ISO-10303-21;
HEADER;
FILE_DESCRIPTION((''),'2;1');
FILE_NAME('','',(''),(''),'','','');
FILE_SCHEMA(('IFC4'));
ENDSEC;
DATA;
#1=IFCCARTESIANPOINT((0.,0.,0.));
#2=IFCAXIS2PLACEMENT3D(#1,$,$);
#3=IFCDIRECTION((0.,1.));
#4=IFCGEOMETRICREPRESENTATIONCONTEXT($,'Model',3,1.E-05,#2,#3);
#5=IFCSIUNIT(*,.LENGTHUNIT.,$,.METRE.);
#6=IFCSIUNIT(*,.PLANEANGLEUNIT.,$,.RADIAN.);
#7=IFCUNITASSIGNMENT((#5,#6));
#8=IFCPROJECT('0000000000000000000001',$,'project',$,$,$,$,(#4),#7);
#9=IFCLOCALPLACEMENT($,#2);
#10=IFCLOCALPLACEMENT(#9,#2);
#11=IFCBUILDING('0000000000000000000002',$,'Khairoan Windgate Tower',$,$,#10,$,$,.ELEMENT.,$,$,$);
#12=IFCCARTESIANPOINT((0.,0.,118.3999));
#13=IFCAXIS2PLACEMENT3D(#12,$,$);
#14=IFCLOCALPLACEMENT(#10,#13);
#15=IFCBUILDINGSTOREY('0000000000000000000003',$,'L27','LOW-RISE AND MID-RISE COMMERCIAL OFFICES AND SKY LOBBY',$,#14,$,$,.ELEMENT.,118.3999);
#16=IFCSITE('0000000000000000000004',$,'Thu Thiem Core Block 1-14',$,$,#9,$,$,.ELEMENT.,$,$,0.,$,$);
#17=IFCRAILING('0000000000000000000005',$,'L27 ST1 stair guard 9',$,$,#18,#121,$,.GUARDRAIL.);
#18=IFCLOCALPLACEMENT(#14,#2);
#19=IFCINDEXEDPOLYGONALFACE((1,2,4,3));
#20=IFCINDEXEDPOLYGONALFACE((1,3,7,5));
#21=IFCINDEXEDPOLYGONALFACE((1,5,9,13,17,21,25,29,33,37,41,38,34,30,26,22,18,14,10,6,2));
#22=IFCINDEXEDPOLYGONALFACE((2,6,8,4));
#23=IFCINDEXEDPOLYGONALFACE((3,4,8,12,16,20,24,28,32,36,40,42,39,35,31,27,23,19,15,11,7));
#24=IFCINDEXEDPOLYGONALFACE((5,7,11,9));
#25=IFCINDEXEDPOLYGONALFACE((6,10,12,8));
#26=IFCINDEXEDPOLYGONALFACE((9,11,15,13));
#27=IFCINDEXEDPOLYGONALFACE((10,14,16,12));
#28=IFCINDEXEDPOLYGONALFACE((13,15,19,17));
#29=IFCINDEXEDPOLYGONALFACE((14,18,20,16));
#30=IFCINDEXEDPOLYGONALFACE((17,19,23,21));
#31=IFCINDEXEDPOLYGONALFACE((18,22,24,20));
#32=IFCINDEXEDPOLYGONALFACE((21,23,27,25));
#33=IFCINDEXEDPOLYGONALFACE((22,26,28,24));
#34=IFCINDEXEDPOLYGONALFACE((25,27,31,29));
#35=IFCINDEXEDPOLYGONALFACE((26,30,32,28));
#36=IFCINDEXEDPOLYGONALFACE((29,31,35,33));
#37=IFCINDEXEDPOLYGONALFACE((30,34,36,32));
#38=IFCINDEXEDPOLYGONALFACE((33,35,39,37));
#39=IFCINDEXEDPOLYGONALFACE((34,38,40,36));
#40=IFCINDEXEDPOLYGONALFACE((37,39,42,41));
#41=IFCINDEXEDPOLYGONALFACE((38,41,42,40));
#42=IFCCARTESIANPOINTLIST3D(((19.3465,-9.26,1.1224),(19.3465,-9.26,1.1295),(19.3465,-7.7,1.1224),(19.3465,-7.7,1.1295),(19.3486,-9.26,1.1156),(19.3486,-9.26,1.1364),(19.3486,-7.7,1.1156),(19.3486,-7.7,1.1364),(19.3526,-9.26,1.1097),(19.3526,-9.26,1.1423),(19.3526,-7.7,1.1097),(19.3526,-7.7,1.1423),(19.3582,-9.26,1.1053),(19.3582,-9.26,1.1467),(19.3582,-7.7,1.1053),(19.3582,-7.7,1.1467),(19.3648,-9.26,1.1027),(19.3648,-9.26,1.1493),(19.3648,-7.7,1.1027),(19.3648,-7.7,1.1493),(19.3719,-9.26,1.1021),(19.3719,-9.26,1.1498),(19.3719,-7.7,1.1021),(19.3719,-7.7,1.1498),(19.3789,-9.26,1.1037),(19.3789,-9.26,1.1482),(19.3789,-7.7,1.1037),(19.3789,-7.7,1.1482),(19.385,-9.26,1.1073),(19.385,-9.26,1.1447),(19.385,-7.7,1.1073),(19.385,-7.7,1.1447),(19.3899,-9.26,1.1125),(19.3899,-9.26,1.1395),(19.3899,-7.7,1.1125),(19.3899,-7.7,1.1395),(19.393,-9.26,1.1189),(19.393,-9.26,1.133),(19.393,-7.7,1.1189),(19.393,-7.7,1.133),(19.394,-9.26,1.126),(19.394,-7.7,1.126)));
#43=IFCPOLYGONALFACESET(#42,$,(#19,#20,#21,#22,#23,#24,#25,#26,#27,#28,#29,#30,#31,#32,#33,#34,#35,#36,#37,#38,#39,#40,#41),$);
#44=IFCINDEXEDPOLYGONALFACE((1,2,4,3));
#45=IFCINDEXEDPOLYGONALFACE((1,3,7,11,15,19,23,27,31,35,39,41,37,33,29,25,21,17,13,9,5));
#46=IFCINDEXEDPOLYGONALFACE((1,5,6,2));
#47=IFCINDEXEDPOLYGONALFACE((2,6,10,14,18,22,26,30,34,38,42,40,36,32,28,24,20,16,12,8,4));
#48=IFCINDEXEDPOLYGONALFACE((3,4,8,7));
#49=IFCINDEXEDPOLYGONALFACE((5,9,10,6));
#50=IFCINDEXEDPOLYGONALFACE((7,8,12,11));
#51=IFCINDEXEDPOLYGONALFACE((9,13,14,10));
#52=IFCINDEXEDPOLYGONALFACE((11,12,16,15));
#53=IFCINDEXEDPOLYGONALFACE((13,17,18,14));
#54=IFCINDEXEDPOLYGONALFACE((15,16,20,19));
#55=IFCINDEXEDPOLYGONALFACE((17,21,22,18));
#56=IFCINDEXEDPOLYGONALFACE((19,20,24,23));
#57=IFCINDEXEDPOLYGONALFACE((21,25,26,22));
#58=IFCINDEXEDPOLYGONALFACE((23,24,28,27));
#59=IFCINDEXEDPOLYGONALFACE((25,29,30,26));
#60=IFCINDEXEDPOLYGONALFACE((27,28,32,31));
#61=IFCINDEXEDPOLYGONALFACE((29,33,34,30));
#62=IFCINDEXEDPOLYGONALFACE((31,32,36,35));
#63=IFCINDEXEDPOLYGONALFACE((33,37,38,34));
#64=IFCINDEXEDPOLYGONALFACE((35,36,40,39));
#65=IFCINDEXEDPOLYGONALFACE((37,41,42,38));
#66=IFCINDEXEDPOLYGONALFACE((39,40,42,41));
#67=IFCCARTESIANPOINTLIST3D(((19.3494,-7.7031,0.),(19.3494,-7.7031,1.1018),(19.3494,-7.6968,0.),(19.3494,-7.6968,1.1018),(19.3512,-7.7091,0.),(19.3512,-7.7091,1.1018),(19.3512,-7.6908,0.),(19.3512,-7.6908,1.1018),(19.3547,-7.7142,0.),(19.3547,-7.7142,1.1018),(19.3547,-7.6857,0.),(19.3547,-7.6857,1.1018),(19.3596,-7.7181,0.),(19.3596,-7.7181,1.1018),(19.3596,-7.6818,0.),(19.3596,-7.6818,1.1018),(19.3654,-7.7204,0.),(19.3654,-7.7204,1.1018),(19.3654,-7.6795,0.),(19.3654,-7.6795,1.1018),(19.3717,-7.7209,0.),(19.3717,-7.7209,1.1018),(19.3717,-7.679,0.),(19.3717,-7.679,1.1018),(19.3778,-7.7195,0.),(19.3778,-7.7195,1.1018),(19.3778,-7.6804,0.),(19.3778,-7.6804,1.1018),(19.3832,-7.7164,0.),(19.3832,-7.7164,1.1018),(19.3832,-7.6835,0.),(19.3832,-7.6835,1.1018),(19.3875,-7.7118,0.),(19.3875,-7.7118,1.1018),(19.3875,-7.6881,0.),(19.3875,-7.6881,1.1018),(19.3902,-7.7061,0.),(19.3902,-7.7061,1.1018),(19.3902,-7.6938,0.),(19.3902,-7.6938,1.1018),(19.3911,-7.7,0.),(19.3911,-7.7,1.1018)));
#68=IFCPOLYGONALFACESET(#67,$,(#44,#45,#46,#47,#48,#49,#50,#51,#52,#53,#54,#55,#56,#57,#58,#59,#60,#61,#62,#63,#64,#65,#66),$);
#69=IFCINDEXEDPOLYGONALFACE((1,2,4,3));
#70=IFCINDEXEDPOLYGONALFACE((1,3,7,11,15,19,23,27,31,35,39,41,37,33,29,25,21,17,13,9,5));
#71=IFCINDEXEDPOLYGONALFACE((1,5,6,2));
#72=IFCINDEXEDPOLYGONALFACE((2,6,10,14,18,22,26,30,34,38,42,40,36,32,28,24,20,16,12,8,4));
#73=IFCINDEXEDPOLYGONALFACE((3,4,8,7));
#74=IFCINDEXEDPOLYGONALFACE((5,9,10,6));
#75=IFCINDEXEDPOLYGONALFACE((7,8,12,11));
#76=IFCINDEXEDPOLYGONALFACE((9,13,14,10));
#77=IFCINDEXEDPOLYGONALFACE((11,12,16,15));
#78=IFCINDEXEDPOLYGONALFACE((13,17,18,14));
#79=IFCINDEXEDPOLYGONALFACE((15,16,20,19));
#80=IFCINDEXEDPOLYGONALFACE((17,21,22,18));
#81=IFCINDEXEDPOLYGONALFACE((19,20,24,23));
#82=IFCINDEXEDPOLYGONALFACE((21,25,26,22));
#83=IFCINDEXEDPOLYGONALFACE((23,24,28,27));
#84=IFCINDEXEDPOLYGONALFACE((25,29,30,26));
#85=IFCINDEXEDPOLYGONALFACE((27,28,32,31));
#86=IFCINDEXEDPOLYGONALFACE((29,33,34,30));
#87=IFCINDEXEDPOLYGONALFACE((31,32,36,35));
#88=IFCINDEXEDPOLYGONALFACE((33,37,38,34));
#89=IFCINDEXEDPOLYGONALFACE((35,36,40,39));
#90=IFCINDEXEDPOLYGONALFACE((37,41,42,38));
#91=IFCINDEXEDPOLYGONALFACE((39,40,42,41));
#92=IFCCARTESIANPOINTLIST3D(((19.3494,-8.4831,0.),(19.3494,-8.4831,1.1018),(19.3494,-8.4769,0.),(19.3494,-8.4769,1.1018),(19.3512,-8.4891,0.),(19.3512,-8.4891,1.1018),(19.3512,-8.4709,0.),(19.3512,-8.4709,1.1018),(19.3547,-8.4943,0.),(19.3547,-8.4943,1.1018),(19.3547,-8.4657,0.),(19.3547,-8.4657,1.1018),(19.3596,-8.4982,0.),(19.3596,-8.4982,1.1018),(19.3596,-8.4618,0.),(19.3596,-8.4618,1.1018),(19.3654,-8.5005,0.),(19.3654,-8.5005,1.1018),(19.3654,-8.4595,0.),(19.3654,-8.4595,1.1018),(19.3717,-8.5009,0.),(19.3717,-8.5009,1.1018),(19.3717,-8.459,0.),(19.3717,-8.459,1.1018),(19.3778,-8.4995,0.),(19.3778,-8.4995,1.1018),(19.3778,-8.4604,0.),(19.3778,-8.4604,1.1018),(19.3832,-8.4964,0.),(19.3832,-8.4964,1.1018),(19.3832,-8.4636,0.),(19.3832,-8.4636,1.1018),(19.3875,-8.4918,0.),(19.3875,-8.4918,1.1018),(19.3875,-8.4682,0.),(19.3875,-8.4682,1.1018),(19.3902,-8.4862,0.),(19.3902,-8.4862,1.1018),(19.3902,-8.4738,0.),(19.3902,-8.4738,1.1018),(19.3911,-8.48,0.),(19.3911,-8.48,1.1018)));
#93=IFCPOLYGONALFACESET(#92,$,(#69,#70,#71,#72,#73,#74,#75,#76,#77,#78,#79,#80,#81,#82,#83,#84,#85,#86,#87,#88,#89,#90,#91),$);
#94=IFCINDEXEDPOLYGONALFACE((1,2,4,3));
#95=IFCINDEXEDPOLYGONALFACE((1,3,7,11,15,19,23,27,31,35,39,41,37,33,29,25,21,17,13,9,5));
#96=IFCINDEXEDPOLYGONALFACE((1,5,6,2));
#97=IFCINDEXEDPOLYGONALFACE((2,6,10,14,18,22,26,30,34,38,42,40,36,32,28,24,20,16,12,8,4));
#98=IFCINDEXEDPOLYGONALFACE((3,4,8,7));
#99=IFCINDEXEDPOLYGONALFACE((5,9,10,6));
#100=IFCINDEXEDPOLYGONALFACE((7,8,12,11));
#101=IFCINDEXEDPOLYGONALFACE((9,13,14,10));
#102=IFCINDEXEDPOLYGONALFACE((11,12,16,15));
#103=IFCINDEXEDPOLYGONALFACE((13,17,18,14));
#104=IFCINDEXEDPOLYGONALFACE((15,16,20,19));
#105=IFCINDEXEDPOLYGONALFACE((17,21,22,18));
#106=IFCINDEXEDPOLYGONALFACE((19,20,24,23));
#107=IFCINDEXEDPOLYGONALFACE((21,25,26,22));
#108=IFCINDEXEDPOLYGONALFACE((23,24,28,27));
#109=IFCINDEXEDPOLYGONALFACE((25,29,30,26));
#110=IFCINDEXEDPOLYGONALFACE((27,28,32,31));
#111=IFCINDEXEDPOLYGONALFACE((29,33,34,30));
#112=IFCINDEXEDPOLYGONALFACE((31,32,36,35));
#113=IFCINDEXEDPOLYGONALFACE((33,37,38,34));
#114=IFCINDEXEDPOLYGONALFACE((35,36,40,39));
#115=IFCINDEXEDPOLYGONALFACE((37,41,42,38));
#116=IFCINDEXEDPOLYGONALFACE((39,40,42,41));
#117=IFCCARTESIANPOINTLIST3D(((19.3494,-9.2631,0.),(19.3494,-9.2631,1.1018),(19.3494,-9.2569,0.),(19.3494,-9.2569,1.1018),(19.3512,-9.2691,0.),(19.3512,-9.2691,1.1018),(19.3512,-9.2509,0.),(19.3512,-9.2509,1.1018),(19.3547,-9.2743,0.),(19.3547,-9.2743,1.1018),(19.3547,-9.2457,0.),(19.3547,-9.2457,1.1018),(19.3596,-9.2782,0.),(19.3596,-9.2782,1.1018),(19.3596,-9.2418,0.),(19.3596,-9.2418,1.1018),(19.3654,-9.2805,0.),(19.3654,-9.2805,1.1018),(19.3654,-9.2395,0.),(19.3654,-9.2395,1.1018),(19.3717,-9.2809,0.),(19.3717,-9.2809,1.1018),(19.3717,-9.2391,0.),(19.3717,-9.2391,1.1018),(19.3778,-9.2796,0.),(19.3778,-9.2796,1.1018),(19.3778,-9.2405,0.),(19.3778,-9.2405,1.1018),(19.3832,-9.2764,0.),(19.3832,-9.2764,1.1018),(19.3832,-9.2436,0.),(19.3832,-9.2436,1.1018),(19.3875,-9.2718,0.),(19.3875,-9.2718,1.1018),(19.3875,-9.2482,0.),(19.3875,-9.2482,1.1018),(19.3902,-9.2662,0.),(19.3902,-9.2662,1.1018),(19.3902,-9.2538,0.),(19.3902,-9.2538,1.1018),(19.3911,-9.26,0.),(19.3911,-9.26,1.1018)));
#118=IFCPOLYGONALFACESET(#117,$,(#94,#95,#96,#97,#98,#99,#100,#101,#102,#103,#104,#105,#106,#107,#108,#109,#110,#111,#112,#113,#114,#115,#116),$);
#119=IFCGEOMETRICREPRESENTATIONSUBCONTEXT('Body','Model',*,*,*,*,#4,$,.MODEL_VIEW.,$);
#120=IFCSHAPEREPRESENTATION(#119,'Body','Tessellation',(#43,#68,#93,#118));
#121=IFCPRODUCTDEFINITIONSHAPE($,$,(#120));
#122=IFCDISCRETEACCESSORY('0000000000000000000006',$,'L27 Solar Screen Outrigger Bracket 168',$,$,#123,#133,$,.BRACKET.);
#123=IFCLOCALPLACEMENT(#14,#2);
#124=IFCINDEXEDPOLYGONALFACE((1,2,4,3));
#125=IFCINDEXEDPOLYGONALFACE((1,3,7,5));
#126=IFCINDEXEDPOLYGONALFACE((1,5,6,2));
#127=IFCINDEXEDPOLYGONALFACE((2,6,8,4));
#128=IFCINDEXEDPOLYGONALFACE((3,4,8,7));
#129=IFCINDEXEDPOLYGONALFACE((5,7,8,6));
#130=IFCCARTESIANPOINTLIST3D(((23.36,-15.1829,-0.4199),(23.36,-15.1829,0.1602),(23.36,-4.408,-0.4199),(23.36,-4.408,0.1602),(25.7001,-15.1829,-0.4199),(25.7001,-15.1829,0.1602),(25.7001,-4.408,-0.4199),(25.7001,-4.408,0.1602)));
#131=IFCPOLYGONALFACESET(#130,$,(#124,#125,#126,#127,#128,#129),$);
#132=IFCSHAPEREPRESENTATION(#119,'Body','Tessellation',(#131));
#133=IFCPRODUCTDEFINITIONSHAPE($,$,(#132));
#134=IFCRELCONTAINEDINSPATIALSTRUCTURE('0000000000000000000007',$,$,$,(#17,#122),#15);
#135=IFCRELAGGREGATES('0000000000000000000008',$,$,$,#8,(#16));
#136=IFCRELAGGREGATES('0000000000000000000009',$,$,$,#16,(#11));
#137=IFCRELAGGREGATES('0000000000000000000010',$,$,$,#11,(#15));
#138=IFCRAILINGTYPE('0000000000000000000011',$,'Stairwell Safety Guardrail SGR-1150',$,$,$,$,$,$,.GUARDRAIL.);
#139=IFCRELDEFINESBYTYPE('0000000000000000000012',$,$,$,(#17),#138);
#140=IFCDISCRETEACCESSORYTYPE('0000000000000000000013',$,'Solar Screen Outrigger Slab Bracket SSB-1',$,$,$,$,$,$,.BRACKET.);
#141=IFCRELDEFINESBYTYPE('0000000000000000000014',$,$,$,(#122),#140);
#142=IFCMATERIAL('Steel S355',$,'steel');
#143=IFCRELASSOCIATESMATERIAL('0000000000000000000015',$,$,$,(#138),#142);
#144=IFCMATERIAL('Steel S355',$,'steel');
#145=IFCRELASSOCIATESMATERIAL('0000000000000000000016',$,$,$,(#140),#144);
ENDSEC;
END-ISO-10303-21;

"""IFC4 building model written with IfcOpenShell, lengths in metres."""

from ifc_helpers import new_model, si_unit, direction, frame, origin, origin_2d, place, context, subcontext, project, spatial, rectangle, circle, extrude, material, type_object, element, save


model = new_model("IFC4")

# Units and contexts
model_context = context("Model", 3, precision=1e-05, world=origin(), true_north=direction((0.0, 1.0)))
body_context = subcontext(model_context, "Body", "Model", "MODEL_VIEW")
ifc_project = project(units=[si_unit("LENGTHUNIT", "METRE"), si_unit("PLANEANGLEUNIT", "RADIAN")], contexts=[model_context])

# Site, building, storey
site_placement = place(None, origin())
site = spatial("IfcSite", under=ifc_project, at=site_placement, Name="Thu Thiem Core Block 1-14", CompositionType="ELEMENT", RefElevation=0.0)
building_placement = place(site_placement, origin())
building = spatial("IfcBuilding", under=site, at=building_placement, Name="Khairoan Windgate Tower", CompositionType="ELEMENT")
storey_placement = place(building_placement, frame((0.0, 0.0, 118.3999)))
storey = spatial("IfcBuildingStorey", under=building, at=storey_placement, Name="L27", Description="LOW-RISE AND MID-RISE COMMERCIAL OFFICES AND SKY LOBBY", CompositionType="ELEMENT", Elevation=118.3999)

# Railing
ifc_material_1 = material(Name="Steel S355", Category="steel")
railing_type_1 = type_object("IfcRailingType", Name="Stairwell Safety Guardrail SGR-1150", PredefinedType="GUARDRAIL", material=ifc_material_1)
for number, where, name in (
    (1, (19.3701, -7.7, 0.0), "L27 ST1 stair guard 9"),
):
    element("IfcRailing", number, at=place(storey_placement, frame(where)), inside=storey, type_object=railing_type_1, Name=name, PredefinedType="GUARDRAIL", context=body_context, shape_type="SweptSolid", body=[
        extrude(circle(Radius=0.0239, at=origin_2d()), frame((0.0, 0.0, 1.126), z_axis=(0.0, -1.0, 0.0), x_axis=(1.0, 0.0, 0.0)), (0.0, 0.0, 1.0), 1.5601),
        extrude(circle(Radius=0.021, at=origin_2d()), origin(), (0.0, 0.0, 1.0), 1.1018),
        extrude(circle(Radius=0.021, at=origin_2d()), frame((0.0, -0.78, 0.0)), (0.0, 0.0, 1.0), 1.1018),
        extrude(circle(Radius=0.021, at=origin_2d()), frame((0.0, -1.5601, 0.0)), (0.0, 0.0, 1.0), 1.1018),
    ])

# Discrete accessory
ifc_material_2 = material(Name="Steel S355", Category="steel")
discrete_accessory_type = type_object("IfcDiscreteAccessoryType", Name="Solar Screen Outrigger Slab Bracket SSB-1", PredefinedType="BRACKET", material=ifc_material_2)
discrete_accessory_placement = place(storey_placement, frame((24.53, -9.7954, -0.4199), z_axis=(0.0, 0.0, 1.0), x_axis=(0.0, -1.0, 0.0)))
element("IfcDiscreteAccessory", 2, at=discrete_accessory_placement, inside=storey, type_object=discrete_accessory_type, Name="L27 Solar Screen Outrigger Bracket 168", PredefinedType="BRACKET", context=body_context, shape_type="SweptSolid", body=[
    extrude(rectangle(XDim=10.7749, YDim=2.3401, at=origin_2d()), origin(), (0.0, 0.0, 1.0), 0.5801),
])

save(model, "model.ifc")
